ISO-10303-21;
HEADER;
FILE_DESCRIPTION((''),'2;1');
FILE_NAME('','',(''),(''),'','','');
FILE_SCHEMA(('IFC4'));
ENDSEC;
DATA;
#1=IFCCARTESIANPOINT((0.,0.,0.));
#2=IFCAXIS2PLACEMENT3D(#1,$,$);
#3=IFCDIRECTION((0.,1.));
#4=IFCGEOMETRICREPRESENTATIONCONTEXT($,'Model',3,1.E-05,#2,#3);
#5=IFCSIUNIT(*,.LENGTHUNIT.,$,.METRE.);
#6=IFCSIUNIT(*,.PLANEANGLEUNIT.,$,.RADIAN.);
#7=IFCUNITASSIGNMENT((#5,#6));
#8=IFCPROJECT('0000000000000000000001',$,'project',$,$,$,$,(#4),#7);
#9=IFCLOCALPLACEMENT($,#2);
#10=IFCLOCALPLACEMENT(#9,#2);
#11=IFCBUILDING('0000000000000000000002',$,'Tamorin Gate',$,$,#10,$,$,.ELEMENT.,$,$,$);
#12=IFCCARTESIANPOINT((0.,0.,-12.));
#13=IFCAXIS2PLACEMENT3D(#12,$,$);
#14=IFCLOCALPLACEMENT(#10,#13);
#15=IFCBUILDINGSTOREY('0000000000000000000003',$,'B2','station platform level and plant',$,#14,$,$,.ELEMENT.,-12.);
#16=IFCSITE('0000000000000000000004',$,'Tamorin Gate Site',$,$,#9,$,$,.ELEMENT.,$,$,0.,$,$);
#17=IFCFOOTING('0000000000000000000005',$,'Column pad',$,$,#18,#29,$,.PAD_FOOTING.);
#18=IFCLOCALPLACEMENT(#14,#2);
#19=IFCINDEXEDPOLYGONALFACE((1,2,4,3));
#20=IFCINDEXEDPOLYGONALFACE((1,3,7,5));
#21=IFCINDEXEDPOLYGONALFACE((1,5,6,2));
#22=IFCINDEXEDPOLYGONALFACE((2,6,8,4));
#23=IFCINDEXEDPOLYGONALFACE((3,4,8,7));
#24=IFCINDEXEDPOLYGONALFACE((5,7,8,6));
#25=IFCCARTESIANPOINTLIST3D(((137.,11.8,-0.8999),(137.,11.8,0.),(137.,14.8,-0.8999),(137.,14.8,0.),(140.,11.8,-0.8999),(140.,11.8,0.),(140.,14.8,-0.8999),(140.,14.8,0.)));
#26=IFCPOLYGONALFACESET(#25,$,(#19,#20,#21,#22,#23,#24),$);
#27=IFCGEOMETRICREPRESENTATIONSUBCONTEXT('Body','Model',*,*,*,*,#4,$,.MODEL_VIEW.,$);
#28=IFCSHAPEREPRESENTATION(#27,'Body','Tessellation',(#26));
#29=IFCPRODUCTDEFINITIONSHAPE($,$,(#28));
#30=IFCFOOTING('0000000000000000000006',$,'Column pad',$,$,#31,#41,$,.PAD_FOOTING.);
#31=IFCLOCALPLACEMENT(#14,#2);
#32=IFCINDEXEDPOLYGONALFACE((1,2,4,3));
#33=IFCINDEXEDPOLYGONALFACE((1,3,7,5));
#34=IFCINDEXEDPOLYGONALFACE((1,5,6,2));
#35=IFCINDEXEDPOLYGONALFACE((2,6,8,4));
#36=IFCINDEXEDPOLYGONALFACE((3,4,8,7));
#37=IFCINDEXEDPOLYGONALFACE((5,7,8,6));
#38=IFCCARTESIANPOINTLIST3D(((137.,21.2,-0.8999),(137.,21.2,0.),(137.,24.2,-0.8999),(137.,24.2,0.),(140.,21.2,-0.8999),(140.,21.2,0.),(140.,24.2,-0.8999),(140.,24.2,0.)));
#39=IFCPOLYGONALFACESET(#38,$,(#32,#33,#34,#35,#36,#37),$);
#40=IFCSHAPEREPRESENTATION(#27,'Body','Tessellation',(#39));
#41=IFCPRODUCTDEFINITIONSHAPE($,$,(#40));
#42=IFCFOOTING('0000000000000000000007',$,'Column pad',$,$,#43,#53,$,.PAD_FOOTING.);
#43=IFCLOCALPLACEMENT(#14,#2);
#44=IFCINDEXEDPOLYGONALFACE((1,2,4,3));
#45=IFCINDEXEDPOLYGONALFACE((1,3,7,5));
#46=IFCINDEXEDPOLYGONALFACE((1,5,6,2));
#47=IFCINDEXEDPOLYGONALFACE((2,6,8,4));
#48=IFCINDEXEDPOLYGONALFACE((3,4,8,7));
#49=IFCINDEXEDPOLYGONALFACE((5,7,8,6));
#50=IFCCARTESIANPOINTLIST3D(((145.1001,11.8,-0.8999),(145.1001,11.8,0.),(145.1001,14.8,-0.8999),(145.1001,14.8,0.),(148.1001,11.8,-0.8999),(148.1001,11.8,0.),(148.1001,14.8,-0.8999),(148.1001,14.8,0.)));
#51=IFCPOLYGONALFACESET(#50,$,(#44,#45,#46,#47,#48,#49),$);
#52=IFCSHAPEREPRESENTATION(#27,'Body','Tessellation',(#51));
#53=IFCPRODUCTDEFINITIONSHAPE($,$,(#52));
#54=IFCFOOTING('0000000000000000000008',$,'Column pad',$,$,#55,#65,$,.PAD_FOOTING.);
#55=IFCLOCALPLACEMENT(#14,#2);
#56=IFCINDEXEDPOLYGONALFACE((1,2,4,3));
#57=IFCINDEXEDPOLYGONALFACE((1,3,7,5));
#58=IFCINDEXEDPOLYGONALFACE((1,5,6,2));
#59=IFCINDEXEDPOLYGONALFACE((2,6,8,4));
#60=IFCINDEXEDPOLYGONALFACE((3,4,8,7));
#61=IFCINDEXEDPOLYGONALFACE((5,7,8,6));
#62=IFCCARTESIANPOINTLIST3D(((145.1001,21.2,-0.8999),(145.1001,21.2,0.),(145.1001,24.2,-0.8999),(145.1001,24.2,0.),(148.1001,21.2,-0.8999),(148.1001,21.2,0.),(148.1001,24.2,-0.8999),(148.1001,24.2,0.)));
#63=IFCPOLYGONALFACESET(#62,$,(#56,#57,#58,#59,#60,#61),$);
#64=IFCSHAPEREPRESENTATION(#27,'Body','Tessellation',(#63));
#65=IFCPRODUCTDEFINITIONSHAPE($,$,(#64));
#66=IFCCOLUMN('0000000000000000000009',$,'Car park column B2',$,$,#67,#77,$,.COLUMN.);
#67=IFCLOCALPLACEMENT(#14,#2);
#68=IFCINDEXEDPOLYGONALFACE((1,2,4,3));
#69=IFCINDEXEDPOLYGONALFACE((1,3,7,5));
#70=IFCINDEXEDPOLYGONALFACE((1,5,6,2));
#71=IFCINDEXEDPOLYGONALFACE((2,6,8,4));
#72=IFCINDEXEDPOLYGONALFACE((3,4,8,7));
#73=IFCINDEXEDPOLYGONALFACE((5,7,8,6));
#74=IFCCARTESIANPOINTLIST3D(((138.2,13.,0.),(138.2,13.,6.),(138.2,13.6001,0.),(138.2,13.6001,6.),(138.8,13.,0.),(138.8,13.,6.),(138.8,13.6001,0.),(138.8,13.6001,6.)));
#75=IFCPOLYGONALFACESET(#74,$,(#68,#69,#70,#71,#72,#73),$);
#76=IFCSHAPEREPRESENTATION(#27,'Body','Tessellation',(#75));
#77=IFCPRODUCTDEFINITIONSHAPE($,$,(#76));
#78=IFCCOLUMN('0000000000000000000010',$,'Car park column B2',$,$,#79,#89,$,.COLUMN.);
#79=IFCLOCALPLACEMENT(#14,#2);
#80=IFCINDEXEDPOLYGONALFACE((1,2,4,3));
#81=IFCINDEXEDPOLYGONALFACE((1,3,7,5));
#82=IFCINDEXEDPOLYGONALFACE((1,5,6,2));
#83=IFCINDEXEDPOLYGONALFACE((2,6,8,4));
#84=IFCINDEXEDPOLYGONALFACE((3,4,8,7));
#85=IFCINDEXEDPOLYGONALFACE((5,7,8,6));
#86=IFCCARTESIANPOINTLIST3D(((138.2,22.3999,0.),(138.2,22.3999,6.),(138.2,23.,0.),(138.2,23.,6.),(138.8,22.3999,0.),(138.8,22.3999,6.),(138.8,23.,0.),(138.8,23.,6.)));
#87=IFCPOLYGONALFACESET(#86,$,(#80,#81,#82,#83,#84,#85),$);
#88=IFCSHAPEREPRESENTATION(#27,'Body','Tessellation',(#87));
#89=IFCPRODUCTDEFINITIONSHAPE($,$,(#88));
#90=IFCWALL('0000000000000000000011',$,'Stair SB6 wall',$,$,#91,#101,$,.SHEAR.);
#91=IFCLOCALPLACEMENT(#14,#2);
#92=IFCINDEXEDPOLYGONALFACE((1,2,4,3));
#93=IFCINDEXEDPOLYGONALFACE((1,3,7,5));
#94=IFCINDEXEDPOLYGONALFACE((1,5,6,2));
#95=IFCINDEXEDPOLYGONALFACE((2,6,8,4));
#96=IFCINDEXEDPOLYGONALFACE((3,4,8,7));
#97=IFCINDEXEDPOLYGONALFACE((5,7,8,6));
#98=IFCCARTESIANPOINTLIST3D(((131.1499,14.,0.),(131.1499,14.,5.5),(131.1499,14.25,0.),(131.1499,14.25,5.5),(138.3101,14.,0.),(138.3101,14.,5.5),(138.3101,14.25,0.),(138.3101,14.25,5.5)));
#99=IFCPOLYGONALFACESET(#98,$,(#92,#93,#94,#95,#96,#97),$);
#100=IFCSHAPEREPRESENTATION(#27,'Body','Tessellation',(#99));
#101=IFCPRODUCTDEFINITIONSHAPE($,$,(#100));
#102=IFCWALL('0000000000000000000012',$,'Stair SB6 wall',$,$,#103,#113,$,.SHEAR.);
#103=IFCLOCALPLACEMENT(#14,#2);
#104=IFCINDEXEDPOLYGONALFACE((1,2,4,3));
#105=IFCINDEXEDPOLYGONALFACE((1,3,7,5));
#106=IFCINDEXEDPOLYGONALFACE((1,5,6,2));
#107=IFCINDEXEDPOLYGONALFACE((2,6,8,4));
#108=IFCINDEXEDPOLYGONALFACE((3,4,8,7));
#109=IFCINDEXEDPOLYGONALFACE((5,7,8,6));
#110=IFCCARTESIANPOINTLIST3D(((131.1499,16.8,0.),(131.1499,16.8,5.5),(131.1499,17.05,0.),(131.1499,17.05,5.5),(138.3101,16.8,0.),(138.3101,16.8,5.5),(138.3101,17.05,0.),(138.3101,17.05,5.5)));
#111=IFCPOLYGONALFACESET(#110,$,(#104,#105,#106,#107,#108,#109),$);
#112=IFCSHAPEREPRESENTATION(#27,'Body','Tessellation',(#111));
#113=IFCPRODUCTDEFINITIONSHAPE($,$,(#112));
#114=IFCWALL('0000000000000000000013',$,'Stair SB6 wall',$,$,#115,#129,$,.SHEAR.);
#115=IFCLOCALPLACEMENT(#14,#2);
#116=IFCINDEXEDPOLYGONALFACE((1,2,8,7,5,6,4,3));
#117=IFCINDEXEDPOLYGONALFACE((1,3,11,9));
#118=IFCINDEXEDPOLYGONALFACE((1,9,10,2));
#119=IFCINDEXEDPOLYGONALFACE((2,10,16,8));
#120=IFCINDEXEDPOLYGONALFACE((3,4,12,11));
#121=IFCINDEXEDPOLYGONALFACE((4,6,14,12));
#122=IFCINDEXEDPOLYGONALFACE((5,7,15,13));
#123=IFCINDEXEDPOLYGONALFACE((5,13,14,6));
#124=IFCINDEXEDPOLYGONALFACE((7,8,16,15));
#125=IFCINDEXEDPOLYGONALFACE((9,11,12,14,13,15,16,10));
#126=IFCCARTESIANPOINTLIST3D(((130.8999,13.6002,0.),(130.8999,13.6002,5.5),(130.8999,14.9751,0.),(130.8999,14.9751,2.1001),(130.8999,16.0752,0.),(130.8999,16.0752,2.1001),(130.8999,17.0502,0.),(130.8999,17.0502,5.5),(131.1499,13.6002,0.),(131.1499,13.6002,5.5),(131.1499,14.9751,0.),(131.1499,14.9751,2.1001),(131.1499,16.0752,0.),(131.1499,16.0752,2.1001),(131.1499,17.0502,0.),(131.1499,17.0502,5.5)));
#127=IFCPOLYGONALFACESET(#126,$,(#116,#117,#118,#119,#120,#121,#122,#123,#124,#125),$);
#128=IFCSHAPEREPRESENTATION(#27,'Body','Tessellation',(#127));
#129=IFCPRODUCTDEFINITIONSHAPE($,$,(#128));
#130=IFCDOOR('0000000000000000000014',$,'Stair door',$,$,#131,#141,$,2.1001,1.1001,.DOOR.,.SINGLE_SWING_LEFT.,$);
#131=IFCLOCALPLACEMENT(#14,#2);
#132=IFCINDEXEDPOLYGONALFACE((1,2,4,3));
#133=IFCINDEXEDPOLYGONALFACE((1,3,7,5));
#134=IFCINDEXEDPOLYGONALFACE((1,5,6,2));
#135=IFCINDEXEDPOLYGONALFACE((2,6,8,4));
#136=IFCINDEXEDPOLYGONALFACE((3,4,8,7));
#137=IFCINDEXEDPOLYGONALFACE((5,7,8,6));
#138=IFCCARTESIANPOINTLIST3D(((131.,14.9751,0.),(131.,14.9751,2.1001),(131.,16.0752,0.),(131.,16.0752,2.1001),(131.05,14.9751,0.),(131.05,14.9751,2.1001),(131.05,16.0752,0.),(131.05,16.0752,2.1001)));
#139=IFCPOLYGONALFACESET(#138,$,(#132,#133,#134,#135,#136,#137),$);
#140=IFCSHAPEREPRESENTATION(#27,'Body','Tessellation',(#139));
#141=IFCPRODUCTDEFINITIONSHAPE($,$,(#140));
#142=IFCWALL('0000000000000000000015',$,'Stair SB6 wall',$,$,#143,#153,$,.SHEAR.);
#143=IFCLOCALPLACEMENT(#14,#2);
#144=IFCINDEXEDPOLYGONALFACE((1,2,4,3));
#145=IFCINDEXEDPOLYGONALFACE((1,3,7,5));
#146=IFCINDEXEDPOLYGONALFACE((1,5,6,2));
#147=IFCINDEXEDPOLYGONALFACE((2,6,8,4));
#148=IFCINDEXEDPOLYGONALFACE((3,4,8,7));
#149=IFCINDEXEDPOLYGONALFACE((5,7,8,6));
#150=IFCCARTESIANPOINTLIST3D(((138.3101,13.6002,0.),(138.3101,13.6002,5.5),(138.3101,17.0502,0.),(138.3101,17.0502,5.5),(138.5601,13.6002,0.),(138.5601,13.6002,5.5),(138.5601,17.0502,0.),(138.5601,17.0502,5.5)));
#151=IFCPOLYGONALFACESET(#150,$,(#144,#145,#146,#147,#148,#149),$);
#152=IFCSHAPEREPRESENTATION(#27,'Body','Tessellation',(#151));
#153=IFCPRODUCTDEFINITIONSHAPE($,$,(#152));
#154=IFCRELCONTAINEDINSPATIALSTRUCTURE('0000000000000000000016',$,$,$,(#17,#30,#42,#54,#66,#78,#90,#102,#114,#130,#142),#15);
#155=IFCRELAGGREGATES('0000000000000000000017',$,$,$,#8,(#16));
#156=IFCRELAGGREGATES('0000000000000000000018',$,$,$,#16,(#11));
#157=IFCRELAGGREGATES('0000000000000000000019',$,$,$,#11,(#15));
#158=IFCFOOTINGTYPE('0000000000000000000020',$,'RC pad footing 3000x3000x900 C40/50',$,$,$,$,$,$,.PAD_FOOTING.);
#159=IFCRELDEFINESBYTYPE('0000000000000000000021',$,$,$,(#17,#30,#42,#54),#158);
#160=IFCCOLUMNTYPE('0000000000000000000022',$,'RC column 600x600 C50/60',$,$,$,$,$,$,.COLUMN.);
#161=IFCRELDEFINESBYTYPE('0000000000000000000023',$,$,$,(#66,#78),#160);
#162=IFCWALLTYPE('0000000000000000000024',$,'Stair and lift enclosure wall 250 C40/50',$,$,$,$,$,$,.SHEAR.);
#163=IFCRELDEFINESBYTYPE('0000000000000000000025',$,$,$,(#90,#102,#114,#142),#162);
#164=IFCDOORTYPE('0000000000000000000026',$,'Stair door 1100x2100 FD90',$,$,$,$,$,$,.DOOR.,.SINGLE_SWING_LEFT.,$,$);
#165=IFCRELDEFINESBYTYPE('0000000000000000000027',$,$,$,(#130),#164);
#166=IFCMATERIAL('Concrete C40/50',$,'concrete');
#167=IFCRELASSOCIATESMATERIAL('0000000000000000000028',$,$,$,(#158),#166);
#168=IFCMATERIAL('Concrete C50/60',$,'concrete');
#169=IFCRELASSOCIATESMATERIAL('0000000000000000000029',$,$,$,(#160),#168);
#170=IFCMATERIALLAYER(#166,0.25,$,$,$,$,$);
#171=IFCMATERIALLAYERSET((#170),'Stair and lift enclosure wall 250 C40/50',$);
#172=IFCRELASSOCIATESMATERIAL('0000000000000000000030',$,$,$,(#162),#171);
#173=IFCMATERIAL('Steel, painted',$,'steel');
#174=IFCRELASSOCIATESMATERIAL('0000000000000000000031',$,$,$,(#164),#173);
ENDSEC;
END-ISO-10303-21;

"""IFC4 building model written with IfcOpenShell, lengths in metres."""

from ifc_helpers import new_model, si_unit, direction, frame, frame_2d, origin, origin_2d, place, context, subcontext, project, spatial, rectangle, extrude, material, layer, layer_set, material_profile, profile_set, type_object, element, fill, save


model = new_model("IFC4")

# Units and contexts
model_context = context("Model", 3, precision=1e-05, world=origin(), true_north=direction((0.0, 1.0)))
body_context = subcontext(model_context, "Body", "Model", "MODEL_VIEW")
ifc_project = project(units=[si_unit("LENGTHUNIT", "METRE"), si_unit("PLANEANGLEUNIT", "RADIAN")], contexts=[model_context])

# Site, building, storey
site_placement = place(None, origin())
site = spatial("IfcSite", under=ifc_project, at=site_placement, Name="Tamorin Gate Site", CompositionType="ELEMENT", RefElevation=0.0)
building_placement = place(site_placement, origin())
building = spatial("IfcBuilding", under=site, at=building_placement, Name="Tamorin Gate", CompositionType="ELEMENT")
storey_placement = place(building_placement, frame((0.0, 0.0, -12.0)))
storey = spatial("IfcBuildingStorey", under=building, at=storey_placement, Name="B2", Description="station platform level and plant", CompositionType="ELEMENT", Elevation=-12.0)

# Footings
ifc_material_1 = material(Name="Concrete C40/50", Category="concrete")
footing_type = type_object("IfcFootingType", Name="RC pad footing 3000x3000x900 C40/50", PredefinedType="PAD_FOOTING", material=ifc_material_1)
for number, where, z_axis, x_axis, name in (
    (1, (138.5, 13.3, -0.8999), (0.0, 0.0, 1.0), (1.0, 0.0, 0.0), "Column pad"),
    (2, (138.5, 22.7, -0.8999), (0.0, 0.0, 1.0), (1.0, 0.0, 0.0), "Column pad"),
    (3, (146.6001, 13.3, -0.8999), (0.0, 0.0, 1.0), (1.0, 0.0, 0.0), "Column pad"),
    (4, (146.6001, 22.7, -0.8999), (0.0, 0.0, 1.0), (1.0, 0.0, 0.0), "Column pad"),
):
    element("IfcFooting", number, at=place(storey_placement, frame(where, z_axis=z_axis, x_axis=x_axis)), inside=storey, type_object=footing_type, Name=name, PredefinedType="PAD_FOOTING", context=body_context, shape_type="SweptSolid", body=[
        extrude(rectangle(XDim=3.0, YDim=3.0, at=origin_2d()), origin(), (0.0, 0.0, 1.0), 0.8999),
    ])

# Columns
ifc_material_2 = material(Name="Concrete C50/60", Category="concrete")
ifc_material_profile = material_profile(ifc_material_2, rectangle(XDim=0.6001, YDim=0.6001, at=origin_2d()))
ifc_profile_set = profile_set([ifc_material_profile], Name="Concrete C50/60")
column_type = type_object("IfcColumnType", Name="RC column 600x600 C50/60", PredefinedType="COLUMN", material=ifc_profile_set)
for number, where, z_axis, x_axis, name in (
    (5, (138.5, 13.3, 0.0), (0.0, 0.0, 1.0), (1.0, 0.0, 0.0), "Car park column B2"),
    (6, (138.5, 22.7, 0.0), (0.0, 0.0, 1.0), (1.0, 0.0, 0.0), "Car park column B2"),
):
    element("IfcColumn", number, at=place(storey_placement, frame(where, z_axis=z_axis, x_axis=x_axis)), inside=storey, type_object=column_type, Name=name, PredefinedType="COLUMN", context=body_context, shape_type="SweptSolid", body=[
        extrude(rectangle(XDim=0.6001, YDim=0.6001, at=origin_2d()), origin(), (0.0, 0.0, 1.0), 6.0),
    ])

# Walls
ifc_layer = layer(ifc_material_1, 0.25)
ifc_layer_set = layer_set([ifc_layer], Name="Stair and lift enclosure wall 250 C40/50")
wall_type = type_object("IfcWallType", Name="Stair and lift enclosure wall 250 C40/50", PredefinedType="SHEAR", material=ifc_layer_set)
for number, where, z_axis, x_axis, name in (
    (7, (131.1499, 14.125, 0.0), (0.0, 0.0, 1.0), (1.0, 0.0, 0.0), "Stair SB6 wall"),
    (8, (131.1499, 16.925, 0.0), (0.0, 0.0, 1.0), (1.0, 0.0, 0.0), "Stair SB6 wall"),
):
    element("IfcWall", number, at=place(storey_placement, frame(where, z_axis=z_axis, x_axis=x_axis)), inside=storey, type_object=wall_type, Name=name, PredefinedType="SHEAR", context=body_context, shape_type="SweptSolid", body=[
        extrude(rectangle(XDim=7.1602, YDim=0.25, at=frame_2d((3.5801, 0.0))), origin(), (0.0, 0.0, 1.0), 5.5),
    ])

# Wall, opening, door
wall_1_placement = place(storey_placement, frame((131.0249, 13.6001, 0.0), z_axis=(0.0, 0.0, 1.0), x_axis=(0.0, 1.0, 0.0)))
wall_1 = element("IfcWall", 9, at=wall_1_placement, inside=storey, type_object=wall_type, Name="Stair SB6 wall", PredefinedType="SHEAR", context=body_context, shape_type="SweptSolid", body=[
    extrude(rectangle(XDim=3.45, YDim=0.25, at=frame_2d((1.7251, 0.0))), origin(), (0.0, 0.0, 1.0), 5.5),
])
opening_placement = place(wall_1_placement, frame((1.375, 0.0, 0.0)))
opening = element("IfcOpeningElement", 10, at=opening_placement, cuts=wall_1, PredefinedType="OPENING", context=body_context, shape_type="SweptSolid", body=[
    extrude(rectangle(XDim=1.1001, YDim=2.1001, at=frame_2d((0.55, 1.05))), frame((0.0, 0.135, 0.0), z_axis=(0.0, -1.0, 0.0), x_axis=(1.0, 0.0, 0.0)), (0.0, 0.0, 1.0), 0.27),
])
ifc_material_3 = material(Name="Steel, painted", Category="steel")
door_type = type_object("IfcDoorType", Name="Stair door 1100x2100 FD90", OperationType="SINGLE_SWING_LEFT", PredefinedType="DOOR", material=ifc_material_3)
door_placement = place(opening_placement, origin())
door = element("IfcDoor", 11, at=door_placement, inside=storey, type_object=door_type, Name="Stair door", OperationType="SINGLE_SWING_LEFT", OverallHeight=2.1001, OverallWidth=1.1001, PredefinedType="DOOR", context=body_context, shape_type="SweptSolid", body=[
    extrude(rectangle(XDim=1.1001, YDim=2.1001, at=frame_2d((0.55, 1.05))), frame((0.0, 0.0249, 0.0), z_axis=(0.0, -1.0, 0.0), x_axis=(1.0, 0.0, 0.0)), (0.0, 0.0, 1.0), 0.05),
])
fill(opening, door)

# Wall
wall_2_placement = place(storey_placement, frame((138.4351, 13.6001, 0.0), z_axis=(0.0, 0.0, 1.0), x_axis=(0.0, 1.0, 0.0)))
element("IfcWall", 12, at=wall_2_placement, inside=storey, type_object=wall_type, Name="Stair SB6 wall", PredefinedType="SHEAR", context=body_context, shape_type="SweptSolid", body=[
    extrude(rectangle(XDim=3.45, YDim=0.25, at=frame_2d((1.7251, 0.0))), origin(), (0.0, 0.0, 1.0), 5.5),
])

save(model, "model.ifc")
